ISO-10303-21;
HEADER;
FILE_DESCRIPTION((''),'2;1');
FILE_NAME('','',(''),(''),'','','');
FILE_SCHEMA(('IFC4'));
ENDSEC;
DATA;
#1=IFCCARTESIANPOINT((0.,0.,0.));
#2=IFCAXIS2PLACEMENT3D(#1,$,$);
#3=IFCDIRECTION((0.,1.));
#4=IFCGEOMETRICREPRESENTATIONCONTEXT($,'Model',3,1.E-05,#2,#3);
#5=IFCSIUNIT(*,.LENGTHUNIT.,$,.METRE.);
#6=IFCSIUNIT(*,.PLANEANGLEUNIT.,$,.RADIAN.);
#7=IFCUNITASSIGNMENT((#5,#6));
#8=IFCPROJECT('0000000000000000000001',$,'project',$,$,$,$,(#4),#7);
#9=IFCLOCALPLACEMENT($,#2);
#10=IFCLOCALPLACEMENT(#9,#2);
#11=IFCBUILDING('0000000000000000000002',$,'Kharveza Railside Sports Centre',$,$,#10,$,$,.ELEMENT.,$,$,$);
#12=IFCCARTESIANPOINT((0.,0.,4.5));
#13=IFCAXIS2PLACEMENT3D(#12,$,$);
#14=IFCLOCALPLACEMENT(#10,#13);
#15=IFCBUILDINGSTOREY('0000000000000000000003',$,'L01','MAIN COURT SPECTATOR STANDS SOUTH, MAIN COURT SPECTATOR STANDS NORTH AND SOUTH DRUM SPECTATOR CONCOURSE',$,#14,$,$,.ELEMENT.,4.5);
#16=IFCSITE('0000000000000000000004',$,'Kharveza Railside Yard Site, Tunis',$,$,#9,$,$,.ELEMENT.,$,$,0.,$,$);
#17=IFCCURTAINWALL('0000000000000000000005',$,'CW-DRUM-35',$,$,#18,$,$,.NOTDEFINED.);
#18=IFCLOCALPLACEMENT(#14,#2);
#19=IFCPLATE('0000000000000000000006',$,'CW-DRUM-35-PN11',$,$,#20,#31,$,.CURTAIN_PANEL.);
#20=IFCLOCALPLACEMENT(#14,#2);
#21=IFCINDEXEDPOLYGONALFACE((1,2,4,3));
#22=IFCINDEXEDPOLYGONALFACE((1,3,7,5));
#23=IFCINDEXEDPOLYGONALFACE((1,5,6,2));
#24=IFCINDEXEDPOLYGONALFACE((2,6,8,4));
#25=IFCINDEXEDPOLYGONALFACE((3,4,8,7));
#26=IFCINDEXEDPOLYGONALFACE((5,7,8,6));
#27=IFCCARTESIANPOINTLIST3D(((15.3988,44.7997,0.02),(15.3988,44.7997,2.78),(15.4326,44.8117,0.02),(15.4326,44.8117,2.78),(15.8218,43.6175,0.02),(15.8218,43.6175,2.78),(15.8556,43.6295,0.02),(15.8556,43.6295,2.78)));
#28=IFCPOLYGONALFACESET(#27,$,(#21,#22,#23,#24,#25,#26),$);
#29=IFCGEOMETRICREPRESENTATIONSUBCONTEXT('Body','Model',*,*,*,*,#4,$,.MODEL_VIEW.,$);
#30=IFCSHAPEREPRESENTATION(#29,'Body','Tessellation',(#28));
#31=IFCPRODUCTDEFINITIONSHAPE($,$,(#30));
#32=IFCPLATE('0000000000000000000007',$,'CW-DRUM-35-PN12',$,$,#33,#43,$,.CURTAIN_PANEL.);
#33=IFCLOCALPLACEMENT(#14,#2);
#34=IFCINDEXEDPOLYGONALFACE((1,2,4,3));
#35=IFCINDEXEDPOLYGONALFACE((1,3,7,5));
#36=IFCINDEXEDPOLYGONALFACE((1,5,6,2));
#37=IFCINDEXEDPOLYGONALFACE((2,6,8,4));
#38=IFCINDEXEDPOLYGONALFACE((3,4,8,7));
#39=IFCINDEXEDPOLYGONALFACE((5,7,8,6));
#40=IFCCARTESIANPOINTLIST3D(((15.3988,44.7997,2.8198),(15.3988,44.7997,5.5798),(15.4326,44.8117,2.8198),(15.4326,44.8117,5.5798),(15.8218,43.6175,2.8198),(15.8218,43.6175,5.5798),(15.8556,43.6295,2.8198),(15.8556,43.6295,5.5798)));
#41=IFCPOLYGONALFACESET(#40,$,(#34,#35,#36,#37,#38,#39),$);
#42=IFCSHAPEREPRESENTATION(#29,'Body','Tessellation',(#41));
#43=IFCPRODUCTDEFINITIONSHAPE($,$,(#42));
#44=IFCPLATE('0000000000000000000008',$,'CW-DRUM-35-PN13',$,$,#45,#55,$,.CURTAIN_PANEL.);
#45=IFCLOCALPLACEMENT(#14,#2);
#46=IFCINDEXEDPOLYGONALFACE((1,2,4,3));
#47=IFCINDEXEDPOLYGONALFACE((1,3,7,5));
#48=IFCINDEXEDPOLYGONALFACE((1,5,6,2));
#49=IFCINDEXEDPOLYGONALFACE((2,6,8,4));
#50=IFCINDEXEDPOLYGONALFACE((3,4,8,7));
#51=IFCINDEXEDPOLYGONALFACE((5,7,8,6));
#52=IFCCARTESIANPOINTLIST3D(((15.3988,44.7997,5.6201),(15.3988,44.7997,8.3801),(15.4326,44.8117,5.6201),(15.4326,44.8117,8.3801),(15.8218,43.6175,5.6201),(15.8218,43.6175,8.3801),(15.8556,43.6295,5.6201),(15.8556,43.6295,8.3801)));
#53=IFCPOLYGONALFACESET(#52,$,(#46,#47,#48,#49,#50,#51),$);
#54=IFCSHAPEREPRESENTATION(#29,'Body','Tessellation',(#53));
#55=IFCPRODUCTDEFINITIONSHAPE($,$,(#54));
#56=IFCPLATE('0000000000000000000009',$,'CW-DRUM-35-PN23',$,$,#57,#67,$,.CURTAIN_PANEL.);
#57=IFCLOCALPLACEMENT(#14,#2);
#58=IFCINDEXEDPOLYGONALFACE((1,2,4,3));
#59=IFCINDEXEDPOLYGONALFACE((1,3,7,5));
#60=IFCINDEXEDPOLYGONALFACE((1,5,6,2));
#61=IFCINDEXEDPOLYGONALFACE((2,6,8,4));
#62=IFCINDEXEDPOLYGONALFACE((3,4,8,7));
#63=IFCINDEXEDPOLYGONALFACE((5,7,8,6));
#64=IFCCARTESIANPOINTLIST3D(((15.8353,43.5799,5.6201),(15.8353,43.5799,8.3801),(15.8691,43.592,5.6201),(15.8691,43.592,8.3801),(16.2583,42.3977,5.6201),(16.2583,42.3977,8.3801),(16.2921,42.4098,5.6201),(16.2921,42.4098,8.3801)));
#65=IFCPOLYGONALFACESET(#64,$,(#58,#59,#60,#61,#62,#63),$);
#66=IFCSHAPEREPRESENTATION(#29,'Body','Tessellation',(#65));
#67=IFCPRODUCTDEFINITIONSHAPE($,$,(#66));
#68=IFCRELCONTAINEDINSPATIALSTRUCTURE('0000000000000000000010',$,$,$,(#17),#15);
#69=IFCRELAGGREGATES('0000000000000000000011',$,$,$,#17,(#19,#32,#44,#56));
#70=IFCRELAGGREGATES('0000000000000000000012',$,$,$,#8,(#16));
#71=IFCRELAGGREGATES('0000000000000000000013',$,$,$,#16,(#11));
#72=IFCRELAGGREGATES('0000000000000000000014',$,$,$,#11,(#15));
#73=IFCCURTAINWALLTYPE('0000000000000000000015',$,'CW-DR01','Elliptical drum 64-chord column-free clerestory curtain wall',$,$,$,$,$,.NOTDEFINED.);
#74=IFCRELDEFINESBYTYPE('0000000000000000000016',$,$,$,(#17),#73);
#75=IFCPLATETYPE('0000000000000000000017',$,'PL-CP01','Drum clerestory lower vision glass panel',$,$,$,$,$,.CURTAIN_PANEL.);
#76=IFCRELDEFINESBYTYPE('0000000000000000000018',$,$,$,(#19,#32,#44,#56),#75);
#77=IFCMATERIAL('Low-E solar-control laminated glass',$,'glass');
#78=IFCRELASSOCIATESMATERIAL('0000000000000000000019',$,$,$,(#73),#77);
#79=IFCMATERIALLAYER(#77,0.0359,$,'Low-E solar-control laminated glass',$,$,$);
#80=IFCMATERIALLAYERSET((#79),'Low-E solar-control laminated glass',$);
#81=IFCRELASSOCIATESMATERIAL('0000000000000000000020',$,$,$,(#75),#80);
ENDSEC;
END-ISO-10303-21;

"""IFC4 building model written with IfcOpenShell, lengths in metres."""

from ifc_helpers import new_model, si_unit, direction, frame, origin, origin_2d, place, context, subcontext, project, spatial, rectangle, extrude, material, layer, layer_set, type_object, element, aggregate, save


model = new_model("IFC4")

# Units and contexts
model_context = context("Model", 3, precision=1e-05, world=origin(), true_north=direction((0.0, 1.0)))
body_context = subcontext(model_context, "Body", "Model", "MODEL_VIEW")
ifc_project = project(units=[si_unit("LENGTHUNIT", "METRE"), si_unit("PLANEANGLEUNIT", "RADIAN")], contexts=[model_context])

# Site, building, storey
site_placement = place(None, origin())
site = spatial("IfcSite", under=ifc_project, at=site_placement, Name="Kharveza Railside Yard Site, Tunis", CompositionType="ELEMENT", RefElevation=0.0)
building_placement = place(site_placement, origin())
building = spatial("IfcBuilding", under=site, at=building_placement, Name="Kharveza Railside Sports Centre", CompositionType="ELEMENT")
storey_placement = place(building_placement, frame((0.0, 0.0, 4.5)))
storey = spatial("IfcBuildingStorey", under=building, at=storey_placement, Name="L01", Description="MAIN COURT SPECTATOR STANDS SOUTH, MAIN COURT SPECTATOR STANDS NORTH AND SOUTH DRUM SPECTATOR CONCOURSE", CompositionType="ELEMENT", Elevation=4.5)

# Curtain wall
ifc_material_1 = material(Name="Low-E solar-control laminated glass", Category="glass")
curtain_wall_type = type_object("IfcCurtainWallType", Name="CW-DR01", Description="Elliptical drum 64-chord column-free clerestory curtain wall", PredefinedType="NOTDEFINED", material=ifc_material_1)
curtain_wall_1_placement = place(storey_placement, origin())
curtain_wall_1 = element("IfcCurtainWall", 1, at=curtain_wall_1_placement, inside=storey, type_object=curtain_wall_type, Name="CW-DRUM-35", PredefinedType="NOTDEFINED")

# Plates
ifc_layer = layer(ifc_material_1, 0.0359, Name="Low-E solar-control laminated glass")
ifc_layer_set = layer_set([ifc_layer], Name="Low-E solar-control laminated glass")
plate_type = type_object("IfcPlateType", Name="PL-CP01", Description="Drum clerestory lower vision glass panel", PredefinedType="CURTAIN_PANEL", material=ifc_layer_set)
plate_1_placement = place(storey_placement, frame((15.6272, 44.2146, 0.02), z_axis=(0.0, 0.0, 1.0), x_axis=(0.336915, -0.941535, 0.0)))
plate_1 = element("IfcPlate", 2, at=plate_1_placement, type_object=plate_type, Name="CW-DRUM-35-PN11", PredefinedType="CURTAIN_PANEL", context=body_context, shape_type="SweptSolid", body=[
    extrude(rectangle(XDim=1.2556, YDim=0.0359, at=origin_2d()), origin(), (0.0, 0.0, 1.0), 2.76),
])
plate_2_placement = place(storey_placement, frame((15.6272, 44.2146, 2.8198), z_axis=(0.0, 0.0, 1.0), x_axis=(0.336915, -0.941535, 0.0)))
plate_2 = element("IfcPlate", 3, at=plate_2_placement, type_object=plate_type, Name="CW-DRUM-35-PN12", PredefinedType="CURTAIN_PANEL", context=body_context, shape_type="SweptSolid", body=[
    extrude(rectangle(XDim=1.2556, YDim=0.0359, at=origin_2d()), origin(), (0.0, 0.0, 1.0), 2.76),
])
plate_3_placement = place(storey_placement, frame((15.6272, 44.2146, 5.6201), z_axis=(0.0, 0.0, 1.0), x_axis=(0.336915, -0.941535, 0.0)))
plate_3 = element("IfcPlate", 4, at=plate_3_placement, type_object=plate_type, Name="CW-DRUM-35-PN13", PredefinedType="CURTAIN_PANEL", context=body_context, shape_type="SweptSolid", body=[
    extrude(rectangle(XDim=1.2556, YDim=0.0359, at=origin_2d()), origin(), (0.0, 0.0, 1.0), 2.76),
])
plate_4_placement = place(storey_placement, frame((16.0637, 42.9949, 5.6201), z_axis=(0.0, 0.0, 1.0), x_axis=(0.336915, -0.941535, 0.0)))
plate_4 = element("IfcPlate", 5, at=plate_4_placement, type_object=plate_type, Name="CW-DRUM-35-PN23", PredefinedType="CURTAIN_PANEL", context=body_context, shape_type="SweptSolid", body=[
    extrude(rectangle(XDim=1.2556, YDim=0.0359, at=origin_2d()), origin(), (0.0, 0.0, 1.0), 2.76),
])
aggregate(curtain_wall_1, [plate_1, plate_2, plate_3, plate_4])

save(model, "model.ifc")
